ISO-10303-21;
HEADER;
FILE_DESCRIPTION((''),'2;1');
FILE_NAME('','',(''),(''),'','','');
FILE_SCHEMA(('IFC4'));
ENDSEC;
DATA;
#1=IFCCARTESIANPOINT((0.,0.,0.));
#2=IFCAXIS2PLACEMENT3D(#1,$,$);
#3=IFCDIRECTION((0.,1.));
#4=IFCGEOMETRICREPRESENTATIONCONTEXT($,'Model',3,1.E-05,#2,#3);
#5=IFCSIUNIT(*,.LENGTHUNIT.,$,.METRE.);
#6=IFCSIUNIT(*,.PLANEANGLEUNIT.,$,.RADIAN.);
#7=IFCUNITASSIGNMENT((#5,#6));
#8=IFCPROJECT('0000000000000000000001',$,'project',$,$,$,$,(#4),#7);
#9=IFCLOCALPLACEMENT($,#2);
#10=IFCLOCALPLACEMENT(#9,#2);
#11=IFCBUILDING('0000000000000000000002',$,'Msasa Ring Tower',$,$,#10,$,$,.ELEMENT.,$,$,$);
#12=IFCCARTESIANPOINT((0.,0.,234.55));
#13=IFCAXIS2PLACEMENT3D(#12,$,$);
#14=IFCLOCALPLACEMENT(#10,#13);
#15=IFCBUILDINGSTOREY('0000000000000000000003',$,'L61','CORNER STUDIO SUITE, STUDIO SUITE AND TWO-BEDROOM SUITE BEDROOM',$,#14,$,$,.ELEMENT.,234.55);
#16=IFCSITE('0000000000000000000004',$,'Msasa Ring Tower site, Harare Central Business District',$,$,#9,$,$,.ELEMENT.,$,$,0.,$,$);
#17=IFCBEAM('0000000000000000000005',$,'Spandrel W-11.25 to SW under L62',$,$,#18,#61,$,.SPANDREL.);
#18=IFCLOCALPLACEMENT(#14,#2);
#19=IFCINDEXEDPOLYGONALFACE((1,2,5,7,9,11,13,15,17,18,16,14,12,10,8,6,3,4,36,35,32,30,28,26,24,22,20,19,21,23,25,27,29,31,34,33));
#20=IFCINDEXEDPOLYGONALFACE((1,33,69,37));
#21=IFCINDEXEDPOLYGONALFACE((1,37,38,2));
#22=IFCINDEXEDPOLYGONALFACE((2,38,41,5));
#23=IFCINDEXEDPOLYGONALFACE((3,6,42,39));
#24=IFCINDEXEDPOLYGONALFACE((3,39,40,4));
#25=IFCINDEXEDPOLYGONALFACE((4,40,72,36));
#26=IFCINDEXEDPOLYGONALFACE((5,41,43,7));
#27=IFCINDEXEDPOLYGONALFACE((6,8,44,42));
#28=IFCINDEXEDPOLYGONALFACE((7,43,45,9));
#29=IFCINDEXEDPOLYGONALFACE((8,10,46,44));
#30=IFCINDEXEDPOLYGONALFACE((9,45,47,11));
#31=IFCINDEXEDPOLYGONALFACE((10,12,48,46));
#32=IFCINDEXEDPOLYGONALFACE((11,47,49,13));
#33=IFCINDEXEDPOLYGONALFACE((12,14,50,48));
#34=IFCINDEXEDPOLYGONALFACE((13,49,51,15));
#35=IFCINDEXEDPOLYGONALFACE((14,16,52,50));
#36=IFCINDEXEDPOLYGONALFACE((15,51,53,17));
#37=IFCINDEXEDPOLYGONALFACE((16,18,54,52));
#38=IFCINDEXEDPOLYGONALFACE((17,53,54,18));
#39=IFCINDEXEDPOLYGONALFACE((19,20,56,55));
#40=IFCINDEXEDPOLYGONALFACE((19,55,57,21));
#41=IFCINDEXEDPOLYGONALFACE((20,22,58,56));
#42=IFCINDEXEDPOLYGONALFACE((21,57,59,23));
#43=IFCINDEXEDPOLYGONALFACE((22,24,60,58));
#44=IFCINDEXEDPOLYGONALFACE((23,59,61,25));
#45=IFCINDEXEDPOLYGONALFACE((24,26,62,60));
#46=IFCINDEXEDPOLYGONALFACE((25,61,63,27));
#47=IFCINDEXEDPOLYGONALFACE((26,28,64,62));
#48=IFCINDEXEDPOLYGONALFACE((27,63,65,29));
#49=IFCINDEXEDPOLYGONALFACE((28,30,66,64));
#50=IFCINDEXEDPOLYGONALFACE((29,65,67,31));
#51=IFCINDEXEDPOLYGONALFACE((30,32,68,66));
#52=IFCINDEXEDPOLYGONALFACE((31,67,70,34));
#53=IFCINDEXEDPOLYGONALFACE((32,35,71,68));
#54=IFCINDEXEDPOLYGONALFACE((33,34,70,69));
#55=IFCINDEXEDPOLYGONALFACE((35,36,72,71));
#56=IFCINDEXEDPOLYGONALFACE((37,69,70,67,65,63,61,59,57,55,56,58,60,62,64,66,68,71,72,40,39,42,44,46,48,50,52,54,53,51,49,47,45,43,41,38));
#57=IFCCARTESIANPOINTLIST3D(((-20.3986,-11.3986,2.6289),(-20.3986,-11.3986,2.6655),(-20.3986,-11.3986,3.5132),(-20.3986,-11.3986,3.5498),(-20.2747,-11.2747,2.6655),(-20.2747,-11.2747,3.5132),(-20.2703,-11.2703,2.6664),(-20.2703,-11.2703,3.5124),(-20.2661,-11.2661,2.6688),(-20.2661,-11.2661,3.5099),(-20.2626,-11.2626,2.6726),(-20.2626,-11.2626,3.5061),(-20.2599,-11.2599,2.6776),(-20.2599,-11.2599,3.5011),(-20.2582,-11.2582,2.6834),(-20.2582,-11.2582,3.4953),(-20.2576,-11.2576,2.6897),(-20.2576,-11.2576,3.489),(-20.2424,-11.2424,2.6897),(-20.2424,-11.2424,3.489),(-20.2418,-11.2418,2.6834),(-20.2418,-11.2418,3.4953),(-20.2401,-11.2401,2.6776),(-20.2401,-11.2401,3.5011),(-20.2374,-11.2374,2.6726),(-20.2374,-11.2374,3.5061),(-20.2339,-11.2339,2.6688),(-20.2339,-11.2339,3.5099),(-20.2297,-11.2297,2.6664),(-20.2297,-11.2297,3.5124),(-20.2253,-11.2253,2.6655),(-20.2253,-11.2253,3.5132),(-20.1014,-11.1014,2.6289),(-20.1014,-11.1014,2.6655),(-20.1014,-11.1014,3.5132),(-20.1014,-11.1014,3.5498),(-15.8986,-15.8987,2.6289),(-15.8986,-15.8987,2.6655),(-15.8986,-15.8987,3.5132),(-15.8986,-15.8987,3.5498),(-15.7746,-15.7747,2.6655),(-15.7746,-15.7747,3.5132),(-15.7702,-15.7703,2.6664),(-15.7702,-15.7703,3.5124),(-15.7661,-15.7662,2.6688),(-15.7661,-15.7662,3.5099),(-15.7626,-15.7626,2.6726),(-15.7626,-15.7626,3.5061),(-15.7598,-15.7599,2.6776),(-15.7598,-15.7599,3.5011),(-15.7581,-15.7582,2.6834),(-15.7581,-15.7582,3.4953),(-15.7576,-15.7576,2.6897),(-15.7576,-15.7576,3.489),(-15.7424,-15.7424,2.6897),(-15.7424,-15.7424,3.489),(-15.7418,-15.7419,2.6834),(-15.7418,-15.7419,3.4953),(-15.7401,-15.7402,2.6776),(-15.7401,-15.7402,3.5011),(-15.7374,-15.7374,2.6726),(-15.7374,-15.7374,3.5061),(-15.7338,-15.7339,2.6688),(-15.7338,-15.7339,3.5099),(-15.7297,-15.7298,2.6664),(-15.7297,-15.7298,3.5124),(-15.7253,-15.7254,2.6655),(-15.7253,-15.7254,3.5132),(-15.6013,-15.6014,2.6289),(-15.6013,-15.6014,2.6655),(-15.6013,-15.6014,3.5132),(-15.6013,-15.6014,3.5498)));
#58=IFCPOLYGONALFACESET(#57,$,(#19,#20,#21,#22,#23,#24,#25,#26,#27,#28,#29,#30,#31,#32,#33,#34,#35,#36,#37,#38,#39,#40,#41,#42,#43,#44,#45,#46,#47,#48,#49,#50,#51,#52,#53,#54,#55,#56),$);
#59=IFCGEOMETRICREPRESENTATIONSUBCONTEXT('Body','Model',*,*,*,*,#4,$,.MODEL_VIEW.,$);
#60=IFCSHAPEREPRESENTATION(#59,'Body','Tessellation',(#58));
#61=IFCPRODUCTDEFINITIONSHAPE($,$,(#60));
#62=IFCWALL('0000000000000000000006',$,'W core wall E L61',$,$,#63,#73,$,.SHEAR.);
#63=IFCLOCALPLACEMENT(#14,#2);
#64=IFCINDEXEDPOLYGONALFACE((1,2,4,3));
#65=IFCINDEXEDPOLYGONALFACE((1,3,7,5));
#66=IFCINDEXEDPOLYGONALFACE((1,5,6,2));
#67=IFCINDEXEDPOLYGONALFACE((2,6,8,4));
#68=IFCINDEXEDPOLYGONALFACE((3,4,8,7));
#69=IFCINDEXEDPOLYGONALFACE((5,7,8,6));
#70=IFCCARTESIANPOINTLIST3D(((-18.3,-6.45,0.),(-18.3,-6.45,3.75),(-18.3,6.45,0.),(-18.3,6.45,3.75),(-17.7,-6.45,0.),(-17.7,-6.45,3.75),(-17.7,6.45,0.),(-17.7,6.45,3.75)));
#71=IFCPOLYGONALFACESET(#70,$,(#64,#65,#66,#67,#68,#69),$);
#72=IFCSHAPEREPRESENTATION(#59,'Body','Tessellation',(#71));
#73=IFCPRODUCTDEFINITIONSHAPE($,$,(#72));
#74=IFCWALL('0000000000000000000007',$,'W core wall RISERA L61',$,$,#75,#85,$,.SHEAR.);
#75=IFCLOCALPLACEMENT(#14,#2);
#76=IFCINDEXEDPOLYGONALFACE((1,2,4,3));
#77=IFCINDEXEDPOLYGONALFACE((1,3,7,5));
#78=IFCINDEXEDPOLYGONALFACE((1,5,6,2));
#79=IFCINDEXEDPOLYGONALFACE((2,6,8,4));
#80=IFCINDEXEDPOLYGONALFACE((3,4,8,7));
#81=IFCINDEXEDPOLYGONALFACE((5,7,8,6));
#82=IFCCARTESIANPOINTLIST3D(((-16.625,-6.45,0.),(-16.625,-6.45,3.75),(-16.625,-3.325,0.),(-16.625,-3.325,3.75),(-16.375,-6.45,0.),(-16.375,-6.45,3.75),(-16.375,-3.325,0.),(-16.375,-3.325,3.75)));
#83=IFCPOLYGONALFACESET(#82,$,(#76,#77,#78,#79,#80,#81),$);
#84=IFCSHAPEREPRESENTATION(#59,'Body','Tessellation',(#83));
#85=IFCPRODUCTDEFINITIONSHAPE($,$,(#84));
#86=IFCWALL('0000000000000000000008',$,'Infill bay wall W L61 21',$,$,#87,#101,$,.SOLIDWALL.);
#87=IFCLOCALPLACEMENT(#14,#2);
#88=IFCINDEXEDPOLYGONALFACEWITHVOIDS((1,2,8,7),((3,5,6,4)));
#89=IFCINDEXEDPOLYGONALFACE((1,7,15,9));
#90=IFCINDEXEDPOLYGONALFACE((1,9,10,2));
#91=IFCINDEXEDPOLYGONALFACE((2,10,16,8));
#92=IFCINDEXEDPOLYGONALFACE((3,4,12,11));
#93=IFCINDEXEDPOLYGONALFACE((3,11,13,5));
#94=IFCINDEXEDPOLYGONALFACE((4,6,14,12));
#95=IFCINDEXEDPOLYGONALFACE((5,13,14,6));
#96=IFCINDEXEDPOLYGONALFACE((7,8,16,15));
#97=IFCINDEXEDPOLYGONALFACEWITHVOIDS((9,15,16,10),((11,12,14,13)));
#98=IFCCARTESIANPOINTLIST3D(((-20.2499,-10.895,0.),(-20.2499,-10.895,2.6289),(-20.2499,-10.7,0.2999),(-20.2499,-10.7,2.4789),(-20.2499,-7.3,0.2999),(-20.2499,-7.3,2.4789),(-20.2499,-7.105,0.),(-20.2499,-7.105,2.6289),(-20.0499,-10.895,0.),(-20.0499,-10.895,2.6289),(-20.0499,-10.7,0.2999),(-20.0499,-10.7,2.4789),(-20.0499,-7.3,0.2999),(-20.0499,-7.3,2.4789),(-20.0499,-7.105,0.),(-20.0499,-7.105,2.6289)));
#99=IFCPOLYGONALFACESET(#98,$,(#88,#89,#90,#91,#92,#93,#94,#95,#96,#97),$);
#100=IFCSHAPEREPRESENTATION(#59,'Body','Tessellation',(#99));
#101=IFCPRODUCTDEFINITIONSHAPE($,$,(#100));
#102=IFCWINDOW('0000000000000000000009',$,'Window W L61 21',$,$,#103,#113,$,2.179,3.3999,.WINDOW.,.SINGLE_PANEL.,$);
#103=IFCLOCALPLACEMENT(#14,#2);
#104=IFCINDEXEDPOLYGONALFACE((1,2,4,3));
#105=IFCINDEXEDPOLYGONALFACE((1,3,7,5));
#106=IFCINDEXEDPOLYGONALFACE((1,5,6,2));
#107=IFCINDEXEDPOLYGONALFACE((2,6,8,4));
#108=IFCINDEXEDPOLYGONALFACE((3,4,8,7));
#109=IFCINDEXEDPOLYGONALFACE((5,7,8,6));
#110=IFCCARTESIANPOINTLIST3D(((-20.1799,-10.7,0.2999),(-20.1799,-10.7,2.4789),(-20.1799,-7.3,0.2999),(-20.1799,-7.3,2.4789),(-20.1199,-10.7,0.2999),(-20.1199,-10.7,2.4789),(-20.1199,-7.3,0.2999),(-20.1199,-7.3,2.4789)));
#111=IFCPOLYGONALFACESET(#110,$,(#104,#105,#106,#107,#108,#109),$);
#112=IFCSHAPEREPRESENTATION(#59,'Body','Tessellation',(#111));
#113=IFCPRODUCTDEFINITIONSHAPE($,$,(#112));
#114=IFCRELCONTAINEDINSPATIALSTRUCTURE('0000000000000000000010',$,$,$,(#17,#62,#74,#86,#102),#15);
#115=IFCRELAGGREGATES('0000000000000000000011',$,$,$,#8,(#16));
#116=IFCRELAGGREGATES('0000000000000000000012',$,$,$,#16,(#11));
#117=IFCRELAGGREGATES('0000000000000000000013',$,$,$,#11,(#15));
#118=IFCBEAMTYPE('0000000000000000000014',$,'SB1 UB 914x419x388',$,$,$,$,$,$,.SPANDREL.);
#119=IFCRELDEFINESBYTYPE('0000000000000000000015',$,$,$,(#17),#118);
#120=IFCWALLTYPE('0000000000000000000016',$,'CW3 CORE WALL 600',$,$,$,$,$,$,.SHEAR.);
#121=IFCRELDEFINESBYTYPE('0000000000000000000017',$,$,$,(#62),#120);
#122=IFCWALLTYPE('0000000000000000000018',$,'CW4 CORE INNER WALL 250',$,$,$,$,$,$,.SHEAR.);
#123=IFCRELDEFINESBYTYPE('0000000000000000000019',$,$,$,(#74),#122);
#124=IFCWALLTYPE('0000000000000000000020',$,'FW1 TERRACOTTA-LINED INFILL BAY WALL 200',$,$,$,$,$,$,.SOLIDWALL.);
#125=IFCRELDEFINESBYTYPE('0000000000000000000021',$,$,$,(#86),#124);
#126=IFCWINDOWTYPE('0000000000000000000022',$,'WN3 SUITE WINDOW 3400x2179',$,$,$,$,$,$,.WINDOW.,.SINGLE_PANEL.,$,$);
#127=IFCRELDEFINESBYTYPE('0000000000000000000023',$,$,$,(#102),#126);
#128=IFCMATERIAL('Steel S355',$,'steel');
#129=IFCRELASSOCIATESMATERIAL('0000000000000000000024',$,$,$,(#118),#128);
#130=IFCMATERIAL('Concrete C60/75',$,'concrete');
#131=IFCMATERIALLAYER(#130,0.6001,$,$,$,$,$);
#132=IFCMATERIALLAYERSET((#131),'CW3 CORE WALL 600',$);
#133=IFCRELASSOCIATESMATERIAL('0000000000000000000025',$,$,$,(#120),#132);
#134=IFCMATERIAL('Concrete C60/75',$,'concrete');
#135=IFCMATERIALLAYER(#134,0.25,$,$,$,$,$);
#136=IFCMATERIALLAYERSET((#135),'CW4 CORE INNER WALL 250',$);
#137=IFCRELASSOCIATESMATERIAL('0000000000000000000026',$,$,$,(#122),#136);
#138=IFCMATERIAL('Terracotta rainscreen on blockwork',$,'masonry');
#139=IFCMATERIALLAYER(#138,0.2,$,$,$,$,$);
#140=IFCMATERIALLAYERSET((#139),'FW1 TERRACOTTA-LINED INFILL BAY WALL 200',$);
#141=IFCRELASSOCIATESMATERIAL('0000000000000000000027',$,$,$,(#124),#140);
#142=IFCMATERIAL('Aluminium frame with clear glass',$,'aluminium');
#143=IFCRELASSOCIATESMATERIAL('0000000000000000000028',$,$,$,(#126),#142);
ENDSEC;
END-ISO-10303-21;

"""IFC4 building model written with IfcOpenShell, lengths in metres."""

from ifc_helpers import new_model, si_unit, direction, frame, frame_2d, origin, origin_2d, place, context, subcontext, project, spatial, rectangle, i_section, extrude, material, layer, layer_set, material_profile, profile_set, type_object, element, fill, save


model = new_model("IFC4")

# Units and contexts
model_context = context("Model", 3, precision=1e-05, world=origin(), true_north=direction((0.0, 1.0)))
body_context = subcontext(model_context, "Body", "Model", "MODEL_VIEW")
ifc_project = project(units=[si_unit("LENGTHUNIT", "METRE"), si_unit("PLANEANGLEUNIT", "RADIAN")], contexts=[model_context])

# Site, building, storey
site_placement = place(None, origin())
site = spatial("IfcSite", under=ifc_project, at=site_placement, Name="Msasa Ring Tower site, Harare Central Business District", CompositionType="ELEMENT", RefElevation=0.0)
building_placement = place(site_placement, origin())
building = spatial("IfcBuilding", under=site, at=building_placement, Name="Msasa Ring Tower", CompositionType="ELEMENT")
storey_placement = place(building_placement, frame((0.0, 0.0, 234.55)))
storey = spatial("IfcBuildingStorey", under=building, at=storey_placement, Name="L61", Description="CORNER STUDIO SUITE, STUDIO SUITE AND TWO-BEDROOM SUITE BEDROOM", CompositionType="ELEMENT", Elevation=234.55)

# Beam
ifc_material_1 = material(Name="Steel S355", Category="steel")
ifc_material_profile_1 = material_profile(ifc_material_1, i_section(OverallWidth=0.4204, OverallDepth=0.9209, WebThickness=0.0215, FlangeThickness=0.0366, FilletRadius=0.0242, at=origin_2d()), Name="UB 914x419x388")
ifc_profile_set_1 = profile_set([ifc_material_profile_1], Name="Steel S355")
beam_type_1 = type_object("IfcBeamType", Name="SB1 UB 914x419x388", PredefinedType="SPANDREL", material=ifc_profile_set_1)
beam_1_placement = place(storey_placement, frame((-20.25, -11.25, 3.0894), z_axis=(0.707107, -0.707107, 0.0), x_axis=(0.707107, 0.707107, 0.0)))
element("IfcBeam", 1, at=beam_1_placement, inside=storey, type_object=beam_type_1, Name="Spandrel W-11.25 to SW under L62", PredefinedType="SPANDREL", context=body_context, shape_type="SweptSolid", body=[
    extrude(i_section(OverallWidth=0.4204, OverallDepth=0.9209, WebThickness=0.0215, FlangeThickness=0.0366, FilletRadius=0.0242, at=origin_2d()), origin(), (0.0, 0.0, 1.0), 6.364),
])

# Walls
ifc_material_2 = material(Name="Concrete C60/75", Category="concrete")
ifc_layer_1 = layer(ifc_material_2, 0.6001)
ifc_layer_set_1 = layer_set([ifc_layer_1], Name="CW3 CORE WALL 600")
wall_type_1 = type_object("IfcWallType", Name="CW3 CORE WALL 600", PredefinedType="SHEAR", material=ifc_layer_set_1)
wall_1_placement = place(storey_placement, frame((-18.0, -6.45, 0.0), z_axis=(0.0, 0.0, 1.0), x_axis=(0.0, 1.0, 0.0)))
element("IfcWall", 2, at=wall_1_placement, inside=storey, type_object=wall_type_1, Name="W core wall E L61", PredefinedType="SHEAR", context=body_context, shape_type="SweptSolid", body=[
    extrude(rectangle(XDim=12.8999, YDim=0.6001, at=frame_2d((6.45, 0.0))), origin(), (0.0, 0.0, 1.0), 3.75),
])
ifc_material_3 = material(Name="Concrete C60/75", Category="concrete")
ifc_layer_2 = layer(ifc_material_3, 0.25)
ifc_layer_set_2 = layer_set([ifc_layer_2], Name="CW4 CORE INNER WALL 250")
wall_type_2 = type_object("IfcWallType", Name="CW4 CORE INNER WALL 250", PredefinedType="SHEAR", material=ifc_layer_set_2)
wall_2_placement = place(storey_placement, frame((-16.5, -6.45, 0.0), z_axis=(0.0, 0.0, 1.0), x_axis=(0.0, 1.0, 0.0)))
element("IfcWall", 3, at=wall_2_placement, inside=storey, type_object=wall_type_2, Name="W core wall RISERA L61", PredefinedType="SHEAR", context=body_context, shape_type="SweptSolid", body=[
    extrude(rectangle(XDim=3.125, YDim=0.25, at=frame_2d((1.5625, 0.0))), origin(), (0.0, 0.0, 1.0), 3.75),
])

# Wall, opening, window
ifc_material_4 = material(Name="Terracotta rainscreen on blockwork", Category="masonry")
ifc_layer_3 = layer(ifc_material_4, 0.2)
ifc_layer_set_3 = layer_set([ifc_layer_3], Name="FW1 TERRACOTTA-LINED INFILL BAY WALL 200")
wall_type_3 = type_object("IfcWallType", Name="FW1 TERRACOTTA-LINED INFILL BAY WALL 200", PredefinedType="SOLIDWALL", material=ifc_layer_set_3)
wall_3_placement = place(storey_placement, frame((-20.1499, -10.895, 0.0), z_axis=(0.0, 0.0, 1.0), x_axis=(0.0, 1.0, 0.0)))
wall_3 = element("IfcWall", 4, at=wall_3_placement, inside=storey, type_object=wall_type_3, Name="Infill bay wall W L61 21", PredefinedType="SOLIDWALL", context=body_context, shape_type="SweptSolid", body=[
    extrude(rectangle(XDim=3.79, YDim=0.2, at=frame_2d((1.895, 0.0))), origin(), (0.0, 0.0, 1.0), 2.6289),
])
opening_1_placement = place(wall_3_placement, frame((0.1951, 0.0, 0.3)))
opening_1 = element("IfcOpeningElement", 5, at=opening_1_placement, cuts=wall_3, PredefinedType="OPENING", context=body_context, shape_type="SweptSolid", body=[
    extrude(rectangle(XDim=3.3999, YDim=2.179, at=frame_2d((1.7, 1.0894))), frame((0.0, 0.1099, 0.0), z_axis=(0.0, -1.0, 0.0), x_axis=(1.0, 0.0, 0.0)), (0.0, 0.0, 1.0), 0.22),
])
ifc_material_5 = material(Name="Aluminium frame with clear glass", Category="aluminium")
window_type = type_object("IfcWindowType", Name="WN3 SUITE WINDOW 3400x2179", PartitioningType="SINGLE_PANEL", PredefinedType="WINDOW", material=ifc_material_5)
window_placement = place(opening_1_placement, origin())
window = element("IfcWindow", 6, at=window_placement, inside=storey, type_object=window_type, Name="Window W L61 21", OverallHeight=2.179, OverallWidth=3.3999, PartitioningType="SINGLE_PANEL", PredefinedType="WINDOW", context=body_context, shape_type="SweptSolid", body=[
    extrude(rectangle(XDim=3.3999, YDim=2.179, at=frame_2d((1.7, 1.0894))), frame((0.0, 0.03, 0.0), z_axis=(0.0, -1.0, 0.0), x_axis=(1.0, 0.0, 0.0)), (0.0, 0.0, 1.0), 0.0601),
])
fill(opening_1, window)

save(model, "model.ifc")
